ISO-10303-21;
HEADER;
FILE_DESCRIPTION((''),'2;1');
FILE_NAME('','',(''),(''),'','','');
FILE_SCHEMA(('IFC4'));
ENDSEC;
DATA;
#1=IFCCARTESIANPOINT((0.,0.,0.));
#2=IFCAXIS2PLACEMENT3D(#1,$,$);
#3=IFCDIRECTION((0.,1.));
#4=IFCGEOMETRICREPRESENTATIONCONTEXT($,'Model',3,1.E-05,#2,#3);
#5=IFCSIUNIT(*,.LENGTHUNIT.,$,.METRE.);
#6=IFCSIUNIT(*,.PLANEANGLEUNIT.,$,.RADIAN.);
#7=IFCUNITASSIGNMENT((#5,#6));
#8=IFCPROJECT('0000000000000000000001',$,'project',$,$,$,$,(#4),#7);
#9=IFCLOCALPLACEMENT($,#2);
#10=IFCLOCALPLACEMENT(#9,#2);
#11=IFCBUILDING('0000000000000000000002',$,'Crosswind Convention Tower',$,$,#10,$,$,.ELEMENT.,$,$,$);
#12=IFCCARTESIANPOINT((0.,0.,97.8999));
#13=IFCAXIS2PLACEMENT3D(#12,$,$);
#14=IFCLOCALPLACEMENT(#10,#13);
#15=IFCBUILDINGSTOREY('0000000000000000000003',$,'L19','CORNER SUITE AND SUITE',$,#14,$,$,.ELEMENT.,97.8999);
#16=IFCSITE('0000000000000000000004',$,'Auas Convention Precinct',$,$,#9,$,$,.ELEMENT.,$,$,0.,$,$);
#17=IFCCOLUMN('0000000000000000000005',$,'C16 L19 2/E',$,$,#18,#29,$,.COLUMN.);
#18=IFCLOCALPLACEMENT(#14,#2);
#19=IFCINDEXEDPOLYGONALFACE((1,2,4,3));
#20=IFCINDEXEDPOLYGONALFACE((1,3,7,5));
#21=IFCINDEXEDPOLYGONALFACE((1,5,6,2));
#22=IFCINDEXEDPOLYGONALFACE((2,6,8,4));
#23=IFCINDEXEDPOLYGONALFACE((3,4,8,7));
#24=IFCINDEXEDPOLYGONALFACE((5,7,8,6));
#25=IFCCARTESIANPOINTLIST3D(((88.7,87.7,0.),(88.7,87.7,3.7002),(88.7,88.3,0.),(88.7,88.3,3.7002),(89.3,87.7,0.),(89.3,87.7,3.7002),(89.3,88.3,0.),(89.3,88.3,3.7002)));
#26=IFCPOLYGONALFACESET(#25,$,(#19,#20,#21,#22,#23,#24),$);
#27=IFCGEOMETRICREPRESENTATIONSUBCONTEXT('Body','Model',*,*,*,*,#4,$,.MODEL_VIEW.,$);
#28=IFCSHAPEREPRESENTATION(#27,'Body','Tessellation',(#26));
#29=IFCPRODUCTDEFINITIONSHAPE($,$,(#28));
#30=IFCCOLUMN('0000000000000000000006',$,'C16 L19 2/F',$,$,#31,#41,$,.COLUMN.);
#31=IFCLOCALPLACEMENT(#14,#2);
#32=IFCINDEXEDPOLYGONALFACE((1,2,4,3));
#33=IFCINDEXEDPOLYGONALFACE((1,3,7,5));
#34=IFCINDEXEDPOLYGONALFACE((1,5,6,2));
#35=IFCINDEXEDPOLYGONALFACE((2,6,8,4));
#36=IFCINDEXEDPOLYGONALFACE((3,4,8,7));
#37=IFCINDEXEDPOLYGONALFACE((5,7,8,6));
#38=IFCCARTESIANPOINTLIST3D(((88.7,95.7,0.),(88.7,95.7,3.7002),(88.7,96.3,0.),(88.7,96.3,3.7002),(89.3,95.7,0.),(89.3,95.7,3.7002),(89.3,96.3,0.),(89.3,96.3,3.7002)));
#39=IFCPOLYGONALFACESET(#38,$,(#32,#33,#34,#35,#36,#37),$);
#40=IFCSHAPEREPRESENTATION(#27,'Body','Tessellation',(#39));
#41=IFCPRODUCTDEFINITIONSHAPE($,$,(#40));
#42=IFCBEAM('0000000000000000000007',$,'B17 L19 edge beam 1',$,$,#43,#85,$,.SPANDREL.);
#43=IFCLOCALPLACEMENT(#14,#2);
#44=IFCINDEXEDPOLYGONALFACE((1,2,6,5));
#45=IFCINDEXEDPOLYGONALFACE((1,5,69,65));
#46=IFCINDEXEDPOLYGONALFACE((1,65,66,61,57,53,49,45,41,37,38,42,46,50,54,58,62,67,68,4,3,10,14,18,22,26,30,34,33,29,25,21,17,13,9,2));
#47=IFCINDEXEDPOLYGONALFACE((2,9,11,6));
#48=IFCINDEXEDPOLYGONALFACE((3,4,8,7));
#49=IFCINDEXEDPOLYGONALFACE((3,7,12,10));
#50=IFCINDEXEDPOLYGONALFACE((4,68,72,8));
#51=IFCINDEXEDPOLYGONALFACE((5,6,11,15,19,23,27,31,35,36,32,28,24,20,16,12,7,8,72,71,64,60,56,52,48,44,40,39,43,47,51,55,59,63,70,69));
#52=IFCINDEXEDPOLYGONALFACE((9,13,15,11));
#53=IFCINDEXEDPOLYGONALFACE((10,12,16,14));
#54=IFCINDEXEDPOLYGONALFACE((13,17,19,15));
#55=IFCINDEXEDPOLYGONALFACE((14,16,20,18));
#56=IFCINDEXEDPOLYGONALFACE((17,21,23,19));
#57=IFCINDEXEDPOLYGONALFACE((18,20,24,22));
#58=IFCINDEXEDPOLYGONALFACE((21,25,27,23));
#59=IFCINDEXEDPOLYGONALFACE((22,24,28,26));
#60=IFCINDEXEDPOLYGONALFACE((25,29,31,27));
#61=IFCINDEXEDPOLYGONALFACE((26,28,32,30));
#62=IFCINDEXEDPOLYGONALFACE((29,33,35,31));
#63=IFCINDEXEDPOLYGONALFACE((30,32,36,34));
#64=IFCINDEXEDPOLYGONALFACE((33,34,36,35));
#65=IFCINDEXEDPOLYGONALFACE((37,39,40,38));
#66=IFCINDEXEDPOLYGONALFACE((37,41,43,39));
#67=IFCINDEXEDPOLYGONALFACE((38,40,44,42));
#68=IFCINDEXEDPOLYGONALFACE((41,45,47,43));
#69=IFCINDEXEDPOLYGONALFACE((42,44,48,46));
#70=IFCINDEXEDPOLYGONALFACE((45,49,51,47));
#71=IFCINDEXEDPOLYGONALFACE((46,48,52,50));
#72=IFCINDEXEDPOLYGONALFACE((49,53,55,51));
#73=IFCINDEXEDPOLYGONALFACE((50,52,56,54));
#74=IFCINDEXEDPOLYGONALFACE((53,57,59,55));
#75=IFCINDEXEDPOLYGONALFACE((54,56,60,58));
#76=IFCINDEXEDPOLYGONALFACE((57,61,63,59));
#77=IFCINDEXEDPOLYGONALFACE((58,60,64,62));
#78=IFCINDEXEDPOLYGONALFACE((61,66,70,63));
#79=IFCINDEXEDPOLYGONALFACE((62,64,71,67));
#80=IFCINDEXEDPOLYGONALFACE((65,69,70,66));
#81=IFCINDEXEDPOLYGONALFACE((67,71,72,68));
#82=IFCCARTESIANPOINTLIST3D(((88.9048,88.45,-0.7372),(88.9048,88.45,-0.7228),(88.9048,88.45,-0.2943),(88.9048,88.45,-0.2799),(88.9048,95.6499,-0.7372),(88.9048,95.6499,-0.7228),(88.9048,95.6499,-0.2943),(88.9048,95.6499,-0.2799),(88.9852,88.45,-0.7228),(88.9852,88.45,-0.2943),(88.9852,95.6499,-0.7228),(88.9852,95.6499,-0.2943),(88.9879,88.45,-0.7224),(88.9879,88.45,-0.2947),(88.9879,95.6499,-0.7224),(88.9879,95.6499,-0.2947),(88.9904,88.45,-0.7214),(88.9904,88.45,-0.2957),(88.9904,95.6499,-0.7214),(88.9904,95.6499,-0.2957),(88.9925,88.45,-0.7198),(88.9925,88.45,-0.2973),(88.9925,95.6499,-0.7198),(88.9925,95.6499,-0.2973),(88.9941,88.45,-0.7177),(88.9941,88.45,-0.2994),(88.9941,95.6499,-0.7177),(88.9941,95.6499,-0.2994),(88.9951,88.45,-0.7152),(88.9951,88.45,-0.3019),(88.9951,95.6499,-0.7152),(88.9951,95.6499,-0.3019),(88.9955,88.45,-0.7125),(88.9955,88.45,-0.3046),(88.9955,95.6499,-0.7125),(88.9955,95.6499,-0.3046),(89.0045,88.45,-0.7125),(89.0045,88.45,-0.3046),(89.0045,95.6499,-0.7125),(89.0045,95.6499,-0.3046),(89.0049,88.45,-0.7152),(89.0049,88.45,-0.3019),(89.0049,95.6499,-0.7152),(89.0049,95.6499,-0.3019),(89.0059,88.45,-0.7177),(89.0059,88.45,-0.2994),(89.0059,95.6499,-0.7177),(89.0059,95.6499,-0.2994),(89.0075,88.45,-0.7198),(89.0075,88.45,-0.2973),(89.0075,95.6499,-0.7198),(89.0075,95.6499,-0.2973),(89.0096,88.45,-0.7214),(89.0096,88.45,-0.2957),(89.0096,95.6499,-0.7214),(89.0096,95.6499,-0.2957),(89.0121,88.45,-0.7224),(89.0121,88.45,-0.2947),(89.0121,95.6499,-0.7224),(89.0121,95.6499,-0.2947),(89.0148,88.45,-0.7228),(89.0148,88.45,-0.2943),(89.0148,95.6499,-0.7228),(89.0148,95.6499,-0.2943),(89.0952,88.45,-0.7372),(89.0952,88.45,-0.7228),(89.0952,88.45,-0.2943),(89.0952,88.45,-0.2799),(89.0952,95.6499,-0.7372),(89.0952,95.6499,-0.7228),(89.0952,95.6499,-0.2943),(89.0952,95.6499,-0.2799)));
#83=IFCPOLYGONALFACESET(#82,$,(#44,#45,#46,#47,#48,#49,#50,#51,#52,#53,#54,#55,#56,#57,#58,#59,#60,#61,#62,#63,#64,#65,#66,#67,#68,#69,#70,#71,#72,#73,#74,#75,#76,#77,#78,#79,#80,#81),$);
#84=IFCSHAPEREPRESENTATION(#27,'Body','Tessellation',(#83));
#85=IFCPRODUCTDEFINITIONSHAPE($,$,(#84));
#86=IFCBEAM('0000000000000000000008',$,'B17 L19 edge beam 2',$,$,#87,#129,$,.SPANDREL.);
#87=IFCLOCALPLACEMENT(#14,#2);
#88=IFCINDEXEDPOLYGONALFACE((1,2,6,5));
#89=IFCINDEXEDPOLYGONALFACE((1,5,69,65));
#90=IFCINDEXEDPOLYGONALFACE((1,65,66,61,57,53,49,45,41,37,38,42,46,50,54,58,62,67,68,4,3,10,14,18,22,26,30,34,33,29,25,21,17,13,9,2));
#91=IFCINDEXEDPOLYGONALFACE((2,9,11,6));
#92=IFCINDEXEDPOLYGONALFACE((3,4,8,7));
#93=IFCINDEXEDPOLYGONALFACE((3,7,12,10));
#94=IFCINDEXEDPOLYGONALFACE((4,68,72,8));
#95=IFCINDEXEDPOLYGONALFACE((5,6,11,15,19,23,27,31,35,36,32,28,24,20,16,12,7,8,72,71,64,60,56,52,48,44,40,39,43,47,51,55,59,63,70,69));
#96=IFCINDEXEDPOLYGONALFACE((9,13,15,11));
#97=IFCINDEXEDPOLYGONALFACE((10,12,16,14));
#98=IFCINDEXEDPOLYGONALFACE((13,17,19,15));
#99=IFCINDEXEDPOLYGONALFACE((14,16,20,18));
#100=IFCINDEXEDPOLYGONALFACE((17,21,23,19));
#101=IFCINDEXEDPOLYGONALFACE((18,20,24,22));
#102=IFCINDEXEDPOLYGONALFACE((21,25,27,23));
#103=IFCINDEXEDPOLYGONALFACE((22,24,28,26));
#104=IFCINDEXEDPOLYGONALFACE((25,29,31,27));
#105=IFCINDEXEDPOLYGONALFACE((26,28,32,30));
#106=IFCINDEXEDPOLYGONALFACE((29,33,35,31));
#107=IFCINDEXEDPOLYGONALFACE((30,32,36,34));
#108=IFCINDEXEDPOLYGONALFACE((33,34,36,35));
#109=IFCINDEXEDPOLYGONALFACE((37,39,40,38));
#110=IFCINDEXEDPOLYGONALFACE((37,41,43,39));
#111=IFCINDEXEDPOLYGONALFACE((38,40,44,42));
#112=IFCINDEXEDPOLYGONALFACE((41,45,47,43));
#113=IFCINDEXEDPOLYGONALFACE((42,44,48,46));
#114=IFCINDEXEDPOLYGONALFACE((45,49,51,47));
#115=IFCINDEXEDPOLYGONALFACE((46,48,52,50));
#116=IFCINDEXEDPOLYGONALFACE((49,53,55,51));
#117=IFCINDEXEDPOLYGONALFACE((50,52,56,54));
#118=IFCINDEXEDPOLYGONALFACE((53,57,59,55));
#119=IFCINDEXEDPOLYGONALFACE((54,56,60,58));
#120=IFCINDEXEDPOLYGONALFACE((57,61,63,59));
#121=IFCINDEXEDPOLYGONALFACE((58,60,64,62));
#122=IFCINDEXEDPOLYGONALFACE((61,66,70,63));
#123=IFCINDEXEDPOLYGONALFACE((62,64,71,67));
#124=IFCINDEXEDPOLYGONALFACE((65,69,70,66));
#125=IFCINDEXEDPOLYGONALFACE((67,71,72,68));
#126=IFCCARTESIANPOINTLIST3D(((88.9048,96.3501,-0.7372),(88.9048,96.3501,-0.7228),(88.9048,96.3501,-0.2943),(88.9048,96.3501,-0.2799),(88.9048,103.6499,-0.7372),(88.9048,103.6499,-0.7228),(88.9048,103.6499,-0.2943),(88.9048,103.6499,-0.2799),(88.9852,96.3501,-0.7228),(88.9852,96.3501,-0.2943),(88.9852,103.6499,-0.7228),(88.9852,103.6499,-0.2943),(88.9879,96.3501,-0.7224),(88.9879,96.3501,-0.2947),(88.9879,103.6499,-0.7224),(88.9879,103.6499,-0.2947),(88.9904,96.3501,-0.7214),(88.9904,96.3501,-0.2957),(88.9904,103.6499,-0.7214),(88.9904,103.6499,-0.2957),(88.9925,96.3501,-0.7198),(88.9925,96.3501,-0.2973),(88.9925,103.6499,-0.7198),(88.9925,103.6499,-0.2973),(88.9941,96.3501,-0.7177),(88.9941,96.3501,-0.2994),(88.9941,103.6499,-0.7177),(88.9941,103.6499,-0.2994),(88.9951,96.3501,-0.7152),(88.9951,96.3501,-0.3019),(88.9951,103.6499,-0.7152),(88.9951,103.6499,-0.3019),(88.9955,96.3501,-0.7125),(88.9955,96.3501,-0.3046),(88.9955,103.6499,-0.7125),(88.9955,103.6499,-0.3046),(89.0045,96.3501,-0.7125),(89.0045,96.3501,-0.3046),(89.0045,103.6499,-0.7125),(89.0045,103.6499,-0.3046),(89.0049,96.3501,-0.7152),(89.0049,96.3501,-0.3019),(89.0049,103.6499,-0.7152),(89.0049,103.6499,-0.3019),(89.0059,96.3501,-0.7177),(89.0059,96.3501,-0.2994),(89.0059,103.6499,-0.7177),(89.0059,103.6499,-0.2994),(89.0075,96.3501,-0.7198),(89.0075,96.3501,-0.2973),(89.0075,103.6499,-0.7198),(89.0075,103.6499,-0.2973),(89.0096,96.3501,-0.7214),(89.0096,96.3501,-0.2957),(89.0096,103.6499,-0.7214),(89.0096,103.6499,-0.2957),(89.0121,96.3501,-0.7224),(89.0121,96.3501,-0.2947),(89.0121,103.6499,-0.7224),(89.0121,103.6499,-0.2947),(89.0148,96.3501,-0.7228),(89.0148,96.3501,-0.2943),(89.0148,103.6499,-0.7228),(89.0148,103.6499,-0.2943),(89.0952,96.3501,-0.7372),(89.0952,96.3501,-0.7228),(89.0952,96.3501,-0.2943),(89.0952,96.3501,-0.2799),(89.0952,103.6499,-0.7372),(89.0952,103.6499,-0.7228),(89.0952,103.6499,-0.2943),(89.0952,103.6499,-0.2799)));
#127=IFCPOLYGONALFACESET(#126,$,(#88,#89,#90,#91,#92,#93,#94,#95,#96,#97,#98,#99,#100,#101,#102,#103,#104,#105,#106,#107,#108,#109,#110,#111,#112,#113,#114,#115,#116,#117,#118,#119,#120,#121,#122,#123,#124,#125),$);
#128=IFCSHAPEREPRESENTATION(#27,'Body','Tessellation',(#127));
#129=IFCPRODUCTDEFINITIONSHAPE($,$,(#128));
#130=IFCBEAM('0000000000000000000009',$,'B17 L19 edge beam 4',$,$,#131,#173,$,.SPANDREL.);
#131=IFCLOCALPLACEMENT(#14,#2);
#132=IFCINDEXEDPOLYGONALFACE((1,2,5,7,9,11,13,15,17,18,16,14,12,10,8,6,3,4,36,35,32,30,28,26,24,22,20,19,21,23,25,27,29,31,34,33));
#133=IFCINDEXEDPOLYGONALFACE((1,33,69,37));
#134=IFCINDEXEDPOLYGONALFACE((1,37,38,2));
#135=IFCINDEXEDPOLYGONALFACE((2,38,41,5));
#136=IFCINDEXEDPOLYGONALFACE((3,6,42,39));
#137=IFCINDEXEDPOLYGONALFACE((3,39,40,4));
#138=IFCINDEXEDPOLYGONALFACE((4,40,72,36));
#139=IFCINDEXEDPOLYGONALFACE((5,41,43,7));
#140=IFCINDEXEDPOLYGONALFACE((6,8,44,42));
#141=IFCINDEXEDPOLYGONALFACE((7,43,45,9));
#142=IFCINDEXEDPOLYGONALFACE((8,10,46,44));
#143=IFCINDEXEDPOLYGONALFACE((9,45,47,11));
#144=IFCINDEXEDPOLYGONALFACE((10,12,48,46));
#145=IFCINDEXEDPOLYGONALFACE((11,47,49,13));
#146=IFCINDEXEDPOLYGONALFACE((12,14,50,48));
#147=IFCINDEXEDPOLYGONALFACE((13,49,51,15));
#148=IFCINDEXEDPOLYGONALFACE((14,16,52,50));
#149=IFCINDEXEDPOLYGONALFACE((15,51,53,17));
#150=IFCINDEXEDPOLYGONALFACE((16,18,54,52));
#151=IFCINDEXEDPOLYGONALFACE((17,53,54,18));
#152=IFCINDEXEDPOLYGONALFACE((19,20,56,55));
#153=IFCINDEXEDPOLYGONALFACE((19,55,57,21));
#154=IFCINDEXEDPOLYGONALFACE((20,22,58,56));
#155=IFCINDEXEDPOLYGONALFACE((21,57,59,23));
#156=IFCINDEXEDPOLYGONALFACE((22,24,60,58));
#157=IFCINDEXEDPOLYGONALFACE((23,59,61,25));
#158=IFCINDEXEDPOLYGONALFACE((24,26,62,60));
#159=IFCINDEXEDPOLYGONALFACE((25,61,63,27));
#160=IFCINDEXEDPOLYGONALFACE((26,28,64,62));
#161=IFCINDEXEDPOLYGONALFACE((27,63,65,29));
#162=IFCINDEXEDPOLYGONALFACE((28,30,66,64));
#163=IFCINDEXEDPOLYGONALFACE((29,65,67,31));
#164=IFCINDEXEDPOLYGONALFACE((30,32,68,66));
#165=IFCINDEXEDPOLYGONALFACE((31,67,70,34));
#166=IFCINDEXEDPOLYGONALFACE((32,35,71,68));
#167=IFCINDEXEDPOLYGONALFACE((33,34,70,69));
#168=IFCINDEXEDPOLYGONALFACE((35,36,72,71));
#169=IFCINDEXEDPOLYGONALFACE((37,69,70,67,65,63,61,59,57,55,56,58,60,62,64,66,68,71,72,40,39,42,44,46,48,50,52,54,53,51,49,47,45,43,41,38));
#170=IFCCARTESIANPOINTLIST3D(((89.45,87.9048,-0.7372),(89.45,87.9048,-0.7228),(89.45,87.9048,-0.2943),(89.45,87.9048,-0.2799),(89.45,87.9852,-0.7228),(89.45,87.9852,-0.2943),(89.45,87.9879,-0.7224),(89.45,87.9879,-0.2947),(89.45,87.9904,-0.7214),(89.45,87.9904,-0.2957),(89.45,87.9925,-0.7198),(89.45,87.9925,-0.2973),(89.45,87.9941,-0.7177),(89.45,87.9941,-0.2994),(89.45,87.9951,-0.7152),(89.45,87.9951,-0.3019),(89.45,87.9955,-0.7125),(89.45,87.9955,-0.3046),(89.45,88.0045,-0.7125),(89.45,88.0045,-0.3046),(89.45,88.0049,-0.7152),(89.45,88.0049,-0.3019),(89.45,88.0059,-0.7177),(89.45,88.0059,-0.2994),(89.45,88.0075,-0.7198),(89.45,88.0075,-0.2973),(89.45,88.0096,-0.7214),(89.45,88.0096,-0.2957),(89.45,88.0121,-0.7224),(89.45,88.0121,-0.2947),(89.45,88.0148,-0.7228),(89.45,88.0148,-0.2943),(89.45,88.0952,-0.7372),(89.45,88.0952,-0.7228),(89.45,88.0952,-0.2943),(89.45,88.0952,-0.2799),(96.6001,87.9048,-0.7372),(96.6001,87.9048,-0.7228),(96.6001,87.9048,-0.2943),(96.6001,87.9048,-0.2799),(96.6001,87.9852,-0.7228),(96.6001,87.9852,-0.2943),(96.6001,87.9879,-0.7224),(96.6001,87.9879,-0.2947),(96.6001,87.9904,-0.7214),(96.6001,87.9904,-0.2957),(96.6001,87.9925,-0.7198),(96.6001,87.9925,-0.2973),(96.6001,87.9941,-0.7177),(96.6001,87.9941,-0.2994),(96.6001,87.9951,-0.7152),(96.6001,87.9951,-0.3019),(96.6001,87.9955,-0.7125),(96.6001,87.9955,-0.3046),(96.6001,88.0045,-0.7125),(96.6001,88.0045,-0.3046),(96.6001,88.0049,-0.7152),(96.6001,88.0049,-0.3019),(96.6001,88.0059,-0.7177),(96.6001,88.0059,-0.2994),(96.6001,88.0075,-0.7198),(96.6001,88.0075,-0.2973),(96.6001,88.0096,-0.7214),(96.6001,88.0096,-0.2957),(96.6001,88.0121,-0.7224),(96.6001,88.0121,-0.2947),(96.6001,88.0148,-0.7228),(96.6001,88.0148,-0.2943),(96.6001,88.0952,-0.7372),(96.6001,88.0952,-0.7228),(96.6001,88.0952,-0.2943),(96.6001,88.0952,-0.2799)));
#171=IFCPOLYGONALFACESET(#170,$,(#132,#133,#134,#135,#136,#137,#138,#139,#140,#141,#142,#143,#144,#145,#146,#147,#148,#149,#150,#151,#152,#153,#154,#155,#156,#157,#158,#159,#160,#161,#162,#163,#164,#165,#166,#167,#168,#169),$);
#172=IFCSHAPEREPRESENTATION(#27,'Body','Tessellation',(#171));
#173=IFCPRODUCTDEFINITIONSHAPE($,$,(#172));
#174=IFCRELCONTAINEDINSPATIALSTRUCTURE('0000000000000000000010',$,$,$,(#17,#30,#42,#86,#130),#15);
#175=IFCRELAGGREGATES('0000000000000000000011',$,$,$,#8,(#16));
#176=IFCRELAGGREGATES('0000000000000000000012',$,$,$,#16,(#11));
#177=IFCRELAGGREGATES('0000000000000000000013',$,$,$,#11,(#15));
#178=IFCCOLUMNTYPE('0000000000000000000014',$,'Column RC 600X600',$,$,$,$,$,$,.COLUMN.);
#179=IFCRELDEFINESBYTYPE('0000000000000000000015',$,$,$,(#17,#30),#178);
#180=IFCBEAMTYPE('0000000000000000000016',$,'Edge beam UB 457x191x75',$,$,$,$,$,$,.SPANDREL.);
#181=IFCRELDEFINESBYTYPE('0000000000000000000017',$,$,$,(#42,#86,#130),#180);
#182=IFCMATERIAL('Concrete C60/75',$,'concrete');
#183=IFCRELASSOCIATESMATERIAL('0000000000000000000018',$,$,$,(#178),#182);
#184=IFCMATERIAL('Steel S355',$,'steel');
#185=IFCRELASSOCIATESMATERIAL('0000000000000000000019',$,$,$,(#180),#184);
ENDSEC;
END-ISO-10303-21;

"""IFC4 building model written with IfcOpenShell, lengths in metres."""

from ifc_helpers import new_model, si_unit, direction, frame, origin, origin_2d, place, context, subcontext, project, spatial, rectangle, i_section, extrude, material, material_profile, profile_set, type_object, element, save


model = new_model("IFC4")

# Units and contexts
model_context = context("Model", 3, precision=1e-05, world=origin(), true_north=direction((0.0, 1.0)))
body_context = subcontext(model_context, "Body", "Model", "MODEL_VIEW")
ifc_project = project(units=[si_unit("LENGTHUNIT", "METRE"), si_unit("PLANEANGLEUNIT", "RADIAN")], contexts=[model_context])

# Site, building, storey
site_placement = place(None, origin())
site = spatial("IfcSite", under=ifc_project, at=site_placement, Name="Auas Convention Precinct", CompositionType="ELEMENT", RefElevation=0.0)
building_placement = place(site_placement, origin())
building = spatial("IfcBuilding", under=site, at=building_placement, Name="Crosswind Convention Tower", CompositionType="ELEMENT")
storey_placement = place(building_placement, frame((0.0, 0.0, 97.8999)))
storey = spatial("IfcBuildingStorey", under=building, at=storey_placement, Name="L19", Description="CORNER SUITE AND SUITE", CompositionType="ELEMENT", Elevation=97.8999)

# Columns
ifc_material_1 = material(Name="Concrete C60/75", Category="concrete")
ifc_material_profile_1 = material_profile(ifc_material_1, rectangle(XDim=0.6001, YDim=0.6001, at=origin_2d()), Name="RC 600X600")
ifc_profile_set_1 = profile_set([ifc_material_profile_1], Name="Concrete C60/75")
column_type = type_object("IfcColumnType", Name="Column RC 600X600", PredefinedType="COLUMN", material=ifc_profile_set_1)
for number, where, z_axis, x_axis, name in (
    (1, (89.0, 88.0, 0.0), (0.0, 0.0, 1.0), (1.0, 0.0, 0.0), "C16 L19 2/E"),
    (2, (89.0, 96.0, 0.0), (0.0, 0.0, 1.0), (1.0, 0.0, 0.0), "C16 L19 2/F"),
):
    element("IfcColumn", number, at=place(storey_placement, frame(where, z_axis=z_axis, x_axis=x_axis)), inside=storey, type_object=column_type, Name=name, PredefinedType="COLUMN", context=body_context, shape_type="SweptSolid", body=[
        extrude(rectangle(XDim=0.6001, YDim=0.6001, at=origin_2d()), origin(), (0.0, 0.0, 1.0), 3.7002),
    ])

# Beams
ifc_material_2 = material(Name="Steel S355", Category="steel")
ifc_material_profile_2 = material_profile(ifc_material_2, i_section(OverallWidth=0.1904, OverallDepth=0.4573, WebThickness=0.009, FlangeThickness=0.0144, FilletRadius=0.0103, at=origin_2d()), Name="UB 457x191x75")
ifc_profile_set_2 = profile_set([ifc_material_profile_2], Name="Steel S355")
beam_type_1 = type_object("IfcBeamType", Name="Edge beam UB 457x191x75", PredefinedType="SPANDREL", material=ifc_profile_set_2)
beam_1_placement = place(storey_placement, frame((89.0, 88.45, -0.5085), z_axis=(0.0, 1.0, 0.0), x_axis=(-1.0, 0.0, 0.0)))
element("IfcBeam", 3, at=beam_1_placement, inside=storey, type_object=beam_type_1, Name="B17 L19 edge beam 1", PredefinedType="SPANDREL", context=body_context, shape_type="SweptSolid", body=[
    extrude(i_section(OverallWidth=0.1904, OverallDepth=0.4573, WebThickness=0.009, FlangeThickness=0.0144, FilletRadius=0.0103, at=origin_2d()), origin(), (0.0, 0.0, 1.0), 7.2),
])
beam_2_placement = place(storey_placement, frame((89.0, 96.3501, -0.5085), z_axis=(0.0, 1.0, 0.0), x_axis=(-1.0, 0.0, 0.0)))
element("IfcBeam", 4, at=beam_2_placement, inside=storey, type_object=beam_type_1, Name="B17 L19 edge beam 2", PredefinedType="SPANDREL", context=body_context, shape_type="SweptSolid", body=[
    extrude(i_section(OverallWidth=0.1904, OverallDepth=0.4573, WebThickness=0.009, FlangeThickness=0.0144, FilletRadius=0.0103, at=origin_2d()), origin(), (0.0, 0.0, 1.0), 7.2998),
])
beam_3_placement = place(storey_placement, frame((89.45, 88.0, -0.5085), z_axis=(1.0, 0.0, 0.0), x_axis=(0.0, 1.0, 0.0)))
element("IfcBeam", 5, at=beam_3_placement, inside=storey, type_object=beam_type_1, Name="B17 L19 edge beam 4", PredefinedType="SPANDREL", context=body_context, shape_type="SweptSolid", body=[
    extrude(i_section(OverallWidth=0.1904, OverallDepth=0.4573, WebThickness=0.009, FlangeThickness=0.0144, FilletRadius=0.0103, at=origin_2d()), origin(), (0.0, 0.0, 1.0), 7.1501),
])

save(model, "model.ifc")
